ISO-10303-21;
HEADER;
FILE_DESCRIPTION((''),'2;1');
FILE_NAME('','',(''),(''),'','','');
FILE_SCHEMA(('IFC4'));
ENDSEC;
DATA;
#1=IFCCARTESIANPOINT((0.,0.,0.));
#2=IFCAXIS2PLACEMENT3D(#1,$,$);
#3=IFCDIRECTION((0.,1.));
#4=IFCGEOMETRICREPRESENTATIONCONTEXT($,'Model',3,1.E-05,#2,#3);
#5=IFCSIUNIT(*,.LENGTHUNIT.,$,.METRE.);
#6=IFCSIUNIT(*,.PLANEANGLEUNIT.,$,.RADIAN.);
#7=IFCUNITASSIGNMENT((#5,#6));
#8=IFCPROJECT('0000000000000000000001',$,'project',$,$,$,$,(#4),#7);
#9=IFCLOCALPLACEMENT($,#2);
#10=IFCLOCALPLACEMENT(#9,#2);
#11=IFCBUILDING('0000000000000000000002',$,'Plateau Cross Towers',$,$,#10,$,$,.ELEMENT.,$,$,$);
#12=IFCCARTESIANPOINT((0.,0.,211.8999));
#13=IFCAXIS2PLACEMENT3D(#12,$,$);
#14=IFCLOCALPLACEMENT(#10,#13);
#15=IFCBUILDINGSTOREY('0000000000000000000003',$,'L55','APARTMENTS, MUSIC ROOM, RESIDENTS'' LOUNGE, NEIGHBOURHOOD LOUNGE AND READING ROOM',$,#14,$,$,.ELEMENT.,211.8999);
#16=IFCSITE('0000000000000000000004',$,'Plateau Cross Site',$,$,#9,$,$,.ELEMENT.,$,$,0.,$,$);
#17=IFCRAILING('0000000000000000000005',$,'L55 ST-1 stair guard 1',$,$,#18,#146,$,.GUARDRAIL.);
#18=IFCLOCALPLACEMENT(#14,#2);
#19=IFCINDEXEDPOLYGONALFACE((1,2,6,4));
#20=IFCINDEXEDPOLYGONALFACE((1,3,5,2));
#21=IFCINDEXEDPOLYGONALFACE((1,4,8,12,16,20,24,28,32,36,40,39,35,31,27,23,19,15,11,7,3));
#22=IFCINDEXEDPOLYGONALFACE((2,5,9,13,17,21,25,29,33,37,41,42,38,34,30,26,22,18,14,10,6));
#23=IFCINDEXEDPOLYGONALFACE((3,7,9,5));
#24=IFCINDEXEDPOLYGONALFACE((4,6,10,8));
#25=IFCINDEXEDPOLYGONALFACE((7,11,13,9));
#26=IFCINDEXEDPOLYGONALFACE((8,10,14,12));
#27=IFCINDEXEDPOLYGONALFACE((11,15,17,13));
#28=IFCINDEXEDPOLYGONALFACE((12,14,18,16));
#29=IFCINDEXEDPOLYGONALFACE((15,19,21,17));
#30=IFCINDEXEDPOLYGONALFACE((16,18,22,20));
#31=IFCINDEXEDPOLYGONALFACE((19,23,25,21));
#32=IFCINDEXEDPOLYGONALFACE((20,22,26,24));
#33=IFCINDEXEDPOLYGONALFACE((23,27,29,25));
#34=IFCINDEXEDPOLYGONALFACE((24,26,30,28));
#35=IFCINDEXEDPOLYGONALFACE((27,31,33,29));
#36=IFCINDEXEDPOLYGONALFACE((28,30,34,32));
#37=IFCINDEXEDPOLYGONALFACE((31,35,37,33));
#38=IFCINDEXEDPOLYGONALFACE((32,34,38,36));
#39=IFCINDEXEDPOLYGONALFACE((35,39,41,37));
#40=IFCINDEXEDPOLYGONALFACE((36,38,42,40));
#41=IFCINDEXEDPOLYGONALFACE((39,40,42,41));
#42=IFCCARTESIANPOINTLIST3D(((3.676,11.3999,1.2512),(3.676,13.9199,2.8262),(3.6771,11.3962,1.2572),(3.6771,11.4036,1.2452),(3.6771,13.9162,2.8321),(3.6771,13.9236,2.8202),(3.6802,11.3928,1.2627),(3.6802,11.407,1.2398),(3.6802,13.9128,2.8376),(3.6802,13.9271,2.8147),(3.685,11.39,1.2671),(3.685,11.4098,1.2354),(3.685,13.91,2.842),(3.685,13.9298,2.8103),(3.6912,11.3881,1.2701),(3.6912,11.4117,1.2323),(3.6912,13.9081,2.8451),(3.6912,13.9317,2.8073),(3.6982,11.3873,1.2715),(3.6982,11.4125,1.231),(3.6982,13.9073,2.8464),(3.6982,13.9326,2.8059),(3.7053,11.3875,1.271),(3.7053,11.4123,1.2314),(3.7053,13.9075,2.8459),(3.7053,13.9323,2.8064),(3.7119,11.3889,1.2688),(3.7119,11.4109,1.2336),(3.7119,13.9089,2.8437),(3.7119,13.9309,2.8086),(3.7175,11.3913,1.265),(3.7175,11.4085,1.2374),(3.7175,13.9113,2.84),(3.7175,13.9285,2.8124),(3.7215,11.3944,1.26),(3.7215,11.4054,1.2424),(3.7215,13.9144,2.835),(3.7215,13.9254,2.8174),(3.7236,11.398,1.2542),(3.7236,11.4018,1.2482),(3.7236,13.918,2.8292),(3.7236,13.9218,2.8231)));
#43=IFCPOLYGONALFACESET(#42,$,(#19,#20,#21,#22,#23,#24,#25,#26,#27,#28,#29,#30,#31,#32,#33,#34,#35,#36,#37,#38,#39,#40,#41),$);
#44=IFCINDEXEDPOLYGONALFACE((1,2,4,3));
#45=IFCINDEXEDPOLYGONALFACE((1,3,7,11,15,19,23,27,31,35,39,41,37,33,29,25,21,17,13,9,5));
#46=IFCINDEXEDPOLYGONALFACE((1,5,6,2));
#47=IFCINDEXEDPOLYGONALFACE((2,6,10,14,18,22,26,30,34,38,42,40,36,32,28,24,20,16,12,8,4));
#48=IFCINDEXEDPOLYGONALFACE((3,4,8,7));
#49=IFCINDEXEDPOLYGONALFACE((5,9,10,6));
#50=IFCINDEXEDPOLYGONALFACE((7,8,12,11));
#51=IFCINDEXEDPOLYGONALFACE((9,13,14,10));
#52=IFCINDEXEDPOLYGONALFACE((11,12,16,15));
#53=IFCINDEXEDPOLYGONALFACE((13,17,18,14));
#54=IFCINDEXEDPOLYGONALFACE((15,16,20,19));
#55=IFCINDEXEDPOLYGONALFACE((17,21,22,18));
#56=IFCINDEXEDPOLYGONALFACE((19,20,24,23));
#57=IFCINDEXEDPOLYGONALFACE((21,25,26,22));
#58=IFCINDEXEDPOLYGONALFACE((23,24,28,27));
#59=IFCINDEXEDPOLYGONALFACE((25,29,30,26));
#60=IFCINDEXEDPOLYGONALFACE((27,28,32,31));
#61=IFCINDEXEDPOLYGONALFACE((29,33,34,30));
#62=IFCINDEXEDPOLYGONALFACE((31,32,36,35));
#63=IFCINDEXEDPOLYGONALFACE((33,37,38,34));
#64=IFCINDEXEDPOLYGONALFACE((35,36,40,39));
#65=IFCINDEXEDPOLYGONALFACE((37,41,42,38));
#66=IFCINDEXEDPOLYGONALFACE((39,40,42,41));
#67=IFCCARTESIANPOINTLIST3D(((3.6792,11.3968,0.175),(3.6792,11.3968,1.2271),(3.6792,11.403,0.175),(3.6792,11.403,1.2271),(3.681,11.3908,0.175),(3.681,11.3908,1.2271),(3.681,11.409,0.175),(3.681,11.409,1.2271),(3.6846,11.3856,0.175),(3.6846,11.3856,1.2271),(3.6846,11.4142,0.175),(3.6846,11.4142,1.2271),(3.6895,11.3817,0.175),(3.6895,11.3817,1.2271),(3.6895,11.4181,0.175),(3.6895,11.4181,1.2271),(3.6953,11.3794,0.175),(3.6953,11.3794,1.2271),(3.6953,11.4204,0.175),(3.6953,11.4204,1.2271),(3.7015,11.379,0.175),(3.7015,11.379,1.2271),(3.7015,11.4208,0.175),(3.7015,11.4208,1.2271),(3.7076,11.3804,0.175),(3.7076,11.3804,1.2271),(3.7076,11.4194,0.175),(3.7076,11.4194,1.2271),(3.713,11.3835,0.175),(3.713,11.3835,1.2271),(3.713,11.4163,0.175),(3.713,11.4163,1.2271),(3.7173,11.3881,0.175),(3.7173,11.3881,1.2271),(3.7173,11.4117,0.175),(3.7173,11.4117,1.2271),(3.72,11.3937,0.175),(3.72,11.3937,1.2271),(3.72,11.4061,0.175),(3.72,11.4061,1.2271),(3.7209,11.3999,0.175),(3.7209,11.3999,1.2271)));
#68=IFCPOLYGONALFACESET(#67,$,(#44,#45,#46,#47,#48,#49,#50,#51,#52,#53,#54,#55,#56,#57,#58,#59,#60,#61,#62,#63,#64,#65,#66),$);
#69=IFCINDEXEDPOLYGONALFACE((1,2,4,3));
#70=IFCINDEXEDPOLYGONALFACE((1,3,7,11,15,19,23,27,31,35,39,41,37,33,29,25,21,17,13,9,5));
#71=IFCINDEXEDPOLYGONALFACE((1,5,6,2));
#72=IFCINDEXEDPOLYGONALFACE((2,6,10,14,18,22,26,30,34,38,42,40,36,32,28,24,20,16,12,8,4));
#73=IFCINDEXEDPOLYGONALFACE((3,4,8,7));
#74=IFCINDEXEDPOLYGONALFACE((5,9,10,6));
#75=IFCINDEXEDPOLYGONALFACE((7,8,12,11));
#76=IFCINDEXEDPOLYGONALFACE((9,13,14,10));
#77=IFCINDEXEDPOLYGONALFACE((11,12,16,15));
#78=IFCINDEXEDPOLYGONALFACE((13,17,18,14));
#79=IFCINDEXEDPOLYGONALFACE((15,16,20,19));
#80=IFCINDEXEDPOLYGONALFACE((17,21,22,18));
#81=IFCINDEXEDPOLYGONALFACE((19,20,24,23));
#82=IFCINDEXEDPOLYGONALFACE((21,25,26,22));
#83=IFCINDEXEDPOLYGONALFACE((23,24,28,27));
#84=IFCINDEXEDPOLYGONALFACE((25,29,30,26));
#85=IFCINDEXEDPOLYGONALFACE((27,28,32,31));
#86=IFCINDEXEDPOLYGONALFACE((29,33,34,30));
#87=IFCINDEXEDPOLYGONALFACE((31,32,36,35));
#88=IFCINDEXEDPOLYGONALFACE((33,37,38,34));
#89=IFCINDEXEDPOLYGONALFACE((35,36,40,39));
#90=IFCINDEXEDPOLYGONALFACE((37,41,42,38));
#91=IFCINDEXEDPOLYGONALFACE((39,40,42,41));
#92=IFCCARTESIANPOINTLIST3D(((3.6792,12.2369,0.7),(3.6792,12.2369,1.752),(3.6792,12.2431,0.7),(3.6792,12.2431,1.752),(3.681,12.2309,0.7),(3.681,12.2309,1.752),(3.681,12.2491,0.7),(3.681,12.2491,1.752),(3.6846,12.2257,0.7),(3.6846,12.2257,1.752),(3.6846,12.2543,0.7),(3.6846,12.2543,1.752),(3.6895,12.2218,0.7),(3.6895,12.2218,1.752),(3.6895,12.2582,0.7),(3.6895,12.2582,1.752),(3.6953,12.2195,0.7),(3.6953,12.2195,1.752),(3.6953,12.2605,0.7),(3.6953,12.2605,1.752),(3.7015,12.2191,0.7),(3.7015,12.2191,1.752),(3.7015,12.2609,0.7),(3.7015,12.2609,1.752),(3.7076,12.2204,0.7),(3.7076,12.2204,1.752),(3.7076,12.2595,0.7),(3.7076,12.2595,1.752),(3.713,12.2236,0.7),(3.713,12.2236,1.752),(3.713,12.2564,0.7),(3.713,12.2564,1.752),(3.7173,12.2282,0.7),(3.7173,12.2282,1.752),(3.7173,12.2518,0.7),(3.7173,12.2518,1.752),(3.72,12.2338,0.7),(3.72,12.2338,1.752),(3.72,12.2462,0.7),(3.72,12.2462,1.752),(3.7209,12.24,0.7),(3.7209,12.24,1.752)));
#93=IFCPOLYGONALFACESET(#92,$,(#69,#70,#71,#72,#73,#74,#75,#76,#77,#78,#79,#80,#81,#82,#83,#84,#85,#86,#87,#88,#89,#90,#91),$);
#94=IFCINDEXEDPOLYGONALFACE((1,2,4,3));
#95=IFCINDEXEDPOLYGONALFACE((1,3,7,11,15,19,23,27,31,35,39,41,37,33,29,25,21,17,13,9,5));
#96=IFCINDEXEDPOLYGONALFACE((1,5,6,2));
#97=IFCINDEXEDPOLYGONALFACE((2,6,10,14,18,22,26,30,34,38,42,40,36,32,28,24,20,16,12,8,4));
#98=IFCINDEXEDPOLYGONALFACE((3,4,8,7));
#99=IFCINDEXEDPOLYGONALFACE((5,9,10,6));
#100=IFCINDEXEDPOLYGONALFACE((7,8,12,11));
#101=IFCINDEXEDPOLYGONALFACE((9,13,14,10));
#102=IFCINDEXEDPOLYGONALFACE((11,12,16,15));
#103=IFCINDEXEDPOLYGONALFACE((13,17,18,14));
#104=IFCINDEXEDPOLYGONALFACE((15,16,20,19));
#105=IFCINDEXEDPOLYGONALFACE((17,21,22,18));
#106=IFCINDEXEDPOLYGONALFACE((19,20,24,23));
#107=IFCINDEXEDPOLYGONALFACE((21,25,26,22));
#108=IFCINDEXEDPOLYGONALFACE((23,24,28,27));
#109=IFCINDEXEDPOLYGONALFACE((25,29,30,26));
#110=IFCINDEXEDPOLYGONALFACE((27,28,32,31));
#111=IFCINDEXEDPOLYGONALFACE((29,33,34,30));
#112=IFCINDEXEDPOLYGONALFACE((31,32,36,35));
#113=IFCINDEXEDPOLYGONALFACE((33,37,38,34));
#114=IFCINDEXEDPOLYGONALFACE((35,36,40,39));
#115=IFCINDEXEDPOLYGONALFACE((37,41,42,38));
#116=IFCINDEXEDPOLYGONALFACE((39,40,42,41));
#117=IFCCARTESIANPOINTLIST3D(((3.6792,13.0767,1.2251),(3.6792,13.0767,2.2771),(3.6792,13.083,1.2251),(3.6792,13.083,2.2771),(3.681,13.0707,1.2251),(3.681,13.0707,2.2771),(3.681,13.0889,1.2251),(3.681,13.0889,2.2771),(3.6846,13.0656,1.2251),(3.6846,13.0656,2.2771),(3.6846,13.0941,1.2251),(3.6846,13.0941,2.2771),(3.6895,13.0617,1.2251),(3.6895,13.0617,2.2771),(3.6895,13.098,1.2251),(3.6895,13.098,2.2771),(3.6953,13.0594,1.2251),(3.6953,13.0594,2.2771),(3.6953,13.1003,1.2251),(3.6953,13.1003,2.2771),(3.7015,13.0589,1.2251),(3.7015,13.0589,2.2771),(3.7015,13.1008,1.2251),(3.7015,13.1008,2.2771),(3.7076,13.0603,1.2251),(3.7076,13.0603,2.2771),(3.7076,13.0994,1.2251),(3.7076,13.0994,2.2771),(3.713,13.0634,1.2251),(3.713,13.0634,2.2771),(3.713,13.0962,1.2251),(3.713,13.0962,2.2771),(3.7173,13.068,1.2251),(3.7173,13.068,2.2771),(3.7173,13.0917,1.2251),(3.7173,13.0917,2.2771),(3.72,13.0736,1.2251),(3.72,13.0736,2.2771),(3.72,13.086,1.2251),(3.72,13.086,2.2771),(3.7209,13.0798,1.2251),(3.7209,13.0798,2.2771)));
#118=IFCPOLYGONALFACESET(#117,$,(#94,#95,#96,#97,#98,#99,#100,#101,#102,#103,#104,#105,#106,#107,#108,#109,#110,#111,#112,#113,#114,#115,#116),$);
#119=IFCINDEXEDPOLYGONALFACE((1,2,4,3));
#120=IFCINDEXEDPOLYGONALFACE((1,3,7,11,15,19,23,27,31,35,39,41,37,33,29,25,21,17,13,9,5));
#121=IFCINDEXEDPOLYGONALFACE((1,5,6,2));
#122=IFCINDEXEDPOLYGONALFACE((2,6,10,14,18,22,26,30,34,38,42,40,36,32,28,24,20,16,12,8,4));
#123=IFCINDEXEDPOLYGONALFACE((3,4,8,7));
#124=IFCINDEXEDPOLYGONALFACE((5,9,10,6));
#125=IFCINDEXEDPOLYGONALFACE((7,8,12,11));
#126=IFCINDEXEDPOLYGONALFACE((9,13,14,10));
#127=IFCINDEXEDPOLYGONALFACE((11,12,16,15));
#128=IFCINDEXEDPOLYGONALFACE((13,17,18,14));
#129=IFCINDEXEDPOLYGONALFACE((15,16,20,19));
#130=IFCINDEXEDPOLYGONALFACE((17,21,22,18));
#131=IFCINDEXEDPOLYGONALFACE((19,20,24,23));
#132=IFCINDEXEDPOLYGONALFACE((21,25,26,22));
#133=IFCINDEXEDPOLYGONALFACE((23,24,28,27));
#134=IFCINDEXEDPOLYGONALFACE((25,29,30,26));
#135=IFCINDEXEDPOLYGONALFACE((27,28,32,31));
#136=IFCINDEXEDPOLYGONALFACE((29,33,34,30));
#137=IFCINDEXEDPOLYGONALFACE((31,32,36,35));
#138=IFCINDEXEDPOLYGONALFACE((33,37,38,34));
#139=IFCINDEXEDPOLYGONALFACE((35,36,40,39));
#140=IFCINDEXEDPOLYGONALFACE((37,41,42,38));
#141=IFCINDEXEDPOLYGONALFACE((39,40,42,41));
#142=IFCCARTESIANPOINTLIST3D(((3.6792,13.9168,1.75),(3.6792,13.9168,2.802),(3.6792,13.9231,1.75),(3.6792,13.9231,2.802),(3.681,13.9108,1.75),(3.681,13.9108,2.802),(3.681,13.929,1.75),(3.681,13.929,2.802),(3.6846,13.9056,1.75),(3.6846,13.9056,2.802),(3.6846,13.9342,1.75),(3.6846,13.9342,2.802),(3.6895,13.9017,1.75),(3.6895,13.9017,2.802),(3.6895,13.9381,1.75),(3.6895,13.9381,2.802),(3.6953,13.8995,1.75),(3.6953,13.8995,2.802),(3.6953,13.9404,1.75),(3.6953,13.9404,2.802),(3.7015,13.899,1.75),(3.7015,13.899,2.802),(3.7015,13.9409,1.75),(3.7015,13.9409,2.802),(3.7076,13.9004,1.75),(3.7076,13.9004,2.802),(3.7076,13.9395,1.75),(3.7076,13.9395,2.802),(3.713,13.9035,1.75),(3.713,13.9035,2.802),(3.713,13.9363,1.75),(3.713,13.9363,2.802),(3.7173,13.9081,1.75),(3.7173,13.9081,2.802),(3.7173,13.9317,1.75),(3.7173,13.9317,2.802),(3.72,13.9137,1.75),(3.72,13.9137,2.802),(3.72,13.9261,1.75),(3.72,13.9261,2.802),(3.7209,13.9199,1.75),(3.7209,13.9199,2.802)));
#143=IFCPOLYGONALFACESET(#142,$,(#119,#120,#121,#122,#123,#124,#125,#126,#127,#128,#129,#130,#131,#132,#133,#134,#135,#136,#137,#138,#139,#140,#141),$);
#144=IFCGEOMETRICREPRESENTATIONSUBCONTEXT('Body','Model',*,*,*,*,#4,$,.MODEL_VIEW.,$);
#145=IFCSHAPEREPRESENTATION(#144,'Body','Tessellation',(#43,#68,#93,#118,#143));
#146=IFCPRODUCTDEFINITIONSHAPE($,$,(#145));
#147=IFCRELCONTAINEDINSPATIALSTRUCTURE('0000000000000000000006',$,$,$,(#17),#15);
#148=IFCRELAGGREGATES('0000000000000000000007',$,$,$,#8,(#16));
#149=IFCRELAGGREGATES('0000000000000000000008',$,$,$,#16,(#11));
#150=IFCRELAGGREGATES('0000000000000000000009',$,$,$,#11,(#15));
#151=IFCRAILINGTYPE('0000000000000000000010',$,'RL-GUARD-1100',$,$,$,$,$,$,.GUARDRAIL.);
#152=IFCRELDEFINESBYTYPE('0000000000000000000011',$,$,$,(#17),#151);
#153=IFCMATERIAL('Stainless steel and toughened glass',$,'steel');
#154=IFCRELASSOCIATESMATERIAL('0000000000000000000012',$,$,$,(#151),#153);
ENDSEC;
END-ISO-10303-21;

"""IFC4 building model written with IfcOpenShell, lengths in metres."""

from ifc_helpers import new_model, si_unit, direction, frame, origin, origin_2d, place, context, subcontext, project, spatial, circle, extrude, material, type_object, element, save


model = new_model("IFC4")

# Units and contexts
model_context = context("Model", 3, precision=1e-05, world=origin(), true_north=direction((0.0, 1.0)))
body_context = subcontext(model_context, "Body", "Model", "MODEL_VIEW")
ifc_project = project(units=[si_unit("LENGTHUNIT", "METRE"), si_unit("PLANEANGLEUNIT", "RADIAN")], contexts=[model_context])

# Site, building, storey
site_placement = place(None, origin())
site = spatial("IfcSite", under=ifc_project, at=site_placement, Name="Plateau Cross Site", CompositionType="ELEMENT", RefElevation=0.0)
building_placement = place(site_placement, origin())
building = spatial("IfcBuilding", under=site, at=building_placement, Name="Plateau Cross Towers", CompositionType="ELEMENT")
storey_placement = place(building_placement, frame((0.0, 0.0, 211.8999)))
storey = spatial("IfcBuildingStorey", under=building, at=storey_placement, Name="L55", Description="APARTMENTS, MUSIC ROOM, RESIDENTS' LOUNGE, NEIGHBOURHOOD LOUNGE AND READING ROOM", CompositionType="ELEMENT", Elevation=211.8999)

# Railing
ifc_material_1 = material(Name="Stainless steel and toughened glass", Category="steel")
railing_type_1 = type_object("IfcRailingType", Name="RL-GUARD-1100", PredefinedType="GUARDRAIL", material=ifc_material_1)
railing_1_placement = place(storey_placement, frame((3.7, 11.3999, 0.175)))
element("IfcRailing", 1, at=railing_1_placement, inside=storey, type_object=railing_type_1, Name="L55 ST-1 stair guard 1", PredefinedType="GUARDRAIL", context=body_context, shape_type="SweptSolid", body=[
    extrude(circle(Radius=0.0239, at=origin_2d()), frame((0.0, 0.0, 1.0762), z_axis=(0.0, 0.848008, 0.529984), x_axis=(-1.0, 0.0, 0.0)), (0.0, 0.0, 1.0), 2.9717),
    extrude(circle(Radius=0.021, at=origin_2d()), origin(), (0.0, 0.0, 1.0), 1.052),
    extrude(circle(Radius=0.021, at=origin_2d()), frame((0.0, 0.8401, 0.5249)), (0.0, 0.0, 1.0), 1.052),
    extrude(circle(Radius=0.021, at=origin_2d()), frame((0.0, 1.6799, 1.05)), (0.0, 0.0, 1.0), 1.052),
    extrude(circle(Radius=0.021, at=origin_2d()), frame((0.0, 2.52, 1.575)), (0.0, 0.0, 1.0), 1.052),
])

save(model, "model.ifc")
